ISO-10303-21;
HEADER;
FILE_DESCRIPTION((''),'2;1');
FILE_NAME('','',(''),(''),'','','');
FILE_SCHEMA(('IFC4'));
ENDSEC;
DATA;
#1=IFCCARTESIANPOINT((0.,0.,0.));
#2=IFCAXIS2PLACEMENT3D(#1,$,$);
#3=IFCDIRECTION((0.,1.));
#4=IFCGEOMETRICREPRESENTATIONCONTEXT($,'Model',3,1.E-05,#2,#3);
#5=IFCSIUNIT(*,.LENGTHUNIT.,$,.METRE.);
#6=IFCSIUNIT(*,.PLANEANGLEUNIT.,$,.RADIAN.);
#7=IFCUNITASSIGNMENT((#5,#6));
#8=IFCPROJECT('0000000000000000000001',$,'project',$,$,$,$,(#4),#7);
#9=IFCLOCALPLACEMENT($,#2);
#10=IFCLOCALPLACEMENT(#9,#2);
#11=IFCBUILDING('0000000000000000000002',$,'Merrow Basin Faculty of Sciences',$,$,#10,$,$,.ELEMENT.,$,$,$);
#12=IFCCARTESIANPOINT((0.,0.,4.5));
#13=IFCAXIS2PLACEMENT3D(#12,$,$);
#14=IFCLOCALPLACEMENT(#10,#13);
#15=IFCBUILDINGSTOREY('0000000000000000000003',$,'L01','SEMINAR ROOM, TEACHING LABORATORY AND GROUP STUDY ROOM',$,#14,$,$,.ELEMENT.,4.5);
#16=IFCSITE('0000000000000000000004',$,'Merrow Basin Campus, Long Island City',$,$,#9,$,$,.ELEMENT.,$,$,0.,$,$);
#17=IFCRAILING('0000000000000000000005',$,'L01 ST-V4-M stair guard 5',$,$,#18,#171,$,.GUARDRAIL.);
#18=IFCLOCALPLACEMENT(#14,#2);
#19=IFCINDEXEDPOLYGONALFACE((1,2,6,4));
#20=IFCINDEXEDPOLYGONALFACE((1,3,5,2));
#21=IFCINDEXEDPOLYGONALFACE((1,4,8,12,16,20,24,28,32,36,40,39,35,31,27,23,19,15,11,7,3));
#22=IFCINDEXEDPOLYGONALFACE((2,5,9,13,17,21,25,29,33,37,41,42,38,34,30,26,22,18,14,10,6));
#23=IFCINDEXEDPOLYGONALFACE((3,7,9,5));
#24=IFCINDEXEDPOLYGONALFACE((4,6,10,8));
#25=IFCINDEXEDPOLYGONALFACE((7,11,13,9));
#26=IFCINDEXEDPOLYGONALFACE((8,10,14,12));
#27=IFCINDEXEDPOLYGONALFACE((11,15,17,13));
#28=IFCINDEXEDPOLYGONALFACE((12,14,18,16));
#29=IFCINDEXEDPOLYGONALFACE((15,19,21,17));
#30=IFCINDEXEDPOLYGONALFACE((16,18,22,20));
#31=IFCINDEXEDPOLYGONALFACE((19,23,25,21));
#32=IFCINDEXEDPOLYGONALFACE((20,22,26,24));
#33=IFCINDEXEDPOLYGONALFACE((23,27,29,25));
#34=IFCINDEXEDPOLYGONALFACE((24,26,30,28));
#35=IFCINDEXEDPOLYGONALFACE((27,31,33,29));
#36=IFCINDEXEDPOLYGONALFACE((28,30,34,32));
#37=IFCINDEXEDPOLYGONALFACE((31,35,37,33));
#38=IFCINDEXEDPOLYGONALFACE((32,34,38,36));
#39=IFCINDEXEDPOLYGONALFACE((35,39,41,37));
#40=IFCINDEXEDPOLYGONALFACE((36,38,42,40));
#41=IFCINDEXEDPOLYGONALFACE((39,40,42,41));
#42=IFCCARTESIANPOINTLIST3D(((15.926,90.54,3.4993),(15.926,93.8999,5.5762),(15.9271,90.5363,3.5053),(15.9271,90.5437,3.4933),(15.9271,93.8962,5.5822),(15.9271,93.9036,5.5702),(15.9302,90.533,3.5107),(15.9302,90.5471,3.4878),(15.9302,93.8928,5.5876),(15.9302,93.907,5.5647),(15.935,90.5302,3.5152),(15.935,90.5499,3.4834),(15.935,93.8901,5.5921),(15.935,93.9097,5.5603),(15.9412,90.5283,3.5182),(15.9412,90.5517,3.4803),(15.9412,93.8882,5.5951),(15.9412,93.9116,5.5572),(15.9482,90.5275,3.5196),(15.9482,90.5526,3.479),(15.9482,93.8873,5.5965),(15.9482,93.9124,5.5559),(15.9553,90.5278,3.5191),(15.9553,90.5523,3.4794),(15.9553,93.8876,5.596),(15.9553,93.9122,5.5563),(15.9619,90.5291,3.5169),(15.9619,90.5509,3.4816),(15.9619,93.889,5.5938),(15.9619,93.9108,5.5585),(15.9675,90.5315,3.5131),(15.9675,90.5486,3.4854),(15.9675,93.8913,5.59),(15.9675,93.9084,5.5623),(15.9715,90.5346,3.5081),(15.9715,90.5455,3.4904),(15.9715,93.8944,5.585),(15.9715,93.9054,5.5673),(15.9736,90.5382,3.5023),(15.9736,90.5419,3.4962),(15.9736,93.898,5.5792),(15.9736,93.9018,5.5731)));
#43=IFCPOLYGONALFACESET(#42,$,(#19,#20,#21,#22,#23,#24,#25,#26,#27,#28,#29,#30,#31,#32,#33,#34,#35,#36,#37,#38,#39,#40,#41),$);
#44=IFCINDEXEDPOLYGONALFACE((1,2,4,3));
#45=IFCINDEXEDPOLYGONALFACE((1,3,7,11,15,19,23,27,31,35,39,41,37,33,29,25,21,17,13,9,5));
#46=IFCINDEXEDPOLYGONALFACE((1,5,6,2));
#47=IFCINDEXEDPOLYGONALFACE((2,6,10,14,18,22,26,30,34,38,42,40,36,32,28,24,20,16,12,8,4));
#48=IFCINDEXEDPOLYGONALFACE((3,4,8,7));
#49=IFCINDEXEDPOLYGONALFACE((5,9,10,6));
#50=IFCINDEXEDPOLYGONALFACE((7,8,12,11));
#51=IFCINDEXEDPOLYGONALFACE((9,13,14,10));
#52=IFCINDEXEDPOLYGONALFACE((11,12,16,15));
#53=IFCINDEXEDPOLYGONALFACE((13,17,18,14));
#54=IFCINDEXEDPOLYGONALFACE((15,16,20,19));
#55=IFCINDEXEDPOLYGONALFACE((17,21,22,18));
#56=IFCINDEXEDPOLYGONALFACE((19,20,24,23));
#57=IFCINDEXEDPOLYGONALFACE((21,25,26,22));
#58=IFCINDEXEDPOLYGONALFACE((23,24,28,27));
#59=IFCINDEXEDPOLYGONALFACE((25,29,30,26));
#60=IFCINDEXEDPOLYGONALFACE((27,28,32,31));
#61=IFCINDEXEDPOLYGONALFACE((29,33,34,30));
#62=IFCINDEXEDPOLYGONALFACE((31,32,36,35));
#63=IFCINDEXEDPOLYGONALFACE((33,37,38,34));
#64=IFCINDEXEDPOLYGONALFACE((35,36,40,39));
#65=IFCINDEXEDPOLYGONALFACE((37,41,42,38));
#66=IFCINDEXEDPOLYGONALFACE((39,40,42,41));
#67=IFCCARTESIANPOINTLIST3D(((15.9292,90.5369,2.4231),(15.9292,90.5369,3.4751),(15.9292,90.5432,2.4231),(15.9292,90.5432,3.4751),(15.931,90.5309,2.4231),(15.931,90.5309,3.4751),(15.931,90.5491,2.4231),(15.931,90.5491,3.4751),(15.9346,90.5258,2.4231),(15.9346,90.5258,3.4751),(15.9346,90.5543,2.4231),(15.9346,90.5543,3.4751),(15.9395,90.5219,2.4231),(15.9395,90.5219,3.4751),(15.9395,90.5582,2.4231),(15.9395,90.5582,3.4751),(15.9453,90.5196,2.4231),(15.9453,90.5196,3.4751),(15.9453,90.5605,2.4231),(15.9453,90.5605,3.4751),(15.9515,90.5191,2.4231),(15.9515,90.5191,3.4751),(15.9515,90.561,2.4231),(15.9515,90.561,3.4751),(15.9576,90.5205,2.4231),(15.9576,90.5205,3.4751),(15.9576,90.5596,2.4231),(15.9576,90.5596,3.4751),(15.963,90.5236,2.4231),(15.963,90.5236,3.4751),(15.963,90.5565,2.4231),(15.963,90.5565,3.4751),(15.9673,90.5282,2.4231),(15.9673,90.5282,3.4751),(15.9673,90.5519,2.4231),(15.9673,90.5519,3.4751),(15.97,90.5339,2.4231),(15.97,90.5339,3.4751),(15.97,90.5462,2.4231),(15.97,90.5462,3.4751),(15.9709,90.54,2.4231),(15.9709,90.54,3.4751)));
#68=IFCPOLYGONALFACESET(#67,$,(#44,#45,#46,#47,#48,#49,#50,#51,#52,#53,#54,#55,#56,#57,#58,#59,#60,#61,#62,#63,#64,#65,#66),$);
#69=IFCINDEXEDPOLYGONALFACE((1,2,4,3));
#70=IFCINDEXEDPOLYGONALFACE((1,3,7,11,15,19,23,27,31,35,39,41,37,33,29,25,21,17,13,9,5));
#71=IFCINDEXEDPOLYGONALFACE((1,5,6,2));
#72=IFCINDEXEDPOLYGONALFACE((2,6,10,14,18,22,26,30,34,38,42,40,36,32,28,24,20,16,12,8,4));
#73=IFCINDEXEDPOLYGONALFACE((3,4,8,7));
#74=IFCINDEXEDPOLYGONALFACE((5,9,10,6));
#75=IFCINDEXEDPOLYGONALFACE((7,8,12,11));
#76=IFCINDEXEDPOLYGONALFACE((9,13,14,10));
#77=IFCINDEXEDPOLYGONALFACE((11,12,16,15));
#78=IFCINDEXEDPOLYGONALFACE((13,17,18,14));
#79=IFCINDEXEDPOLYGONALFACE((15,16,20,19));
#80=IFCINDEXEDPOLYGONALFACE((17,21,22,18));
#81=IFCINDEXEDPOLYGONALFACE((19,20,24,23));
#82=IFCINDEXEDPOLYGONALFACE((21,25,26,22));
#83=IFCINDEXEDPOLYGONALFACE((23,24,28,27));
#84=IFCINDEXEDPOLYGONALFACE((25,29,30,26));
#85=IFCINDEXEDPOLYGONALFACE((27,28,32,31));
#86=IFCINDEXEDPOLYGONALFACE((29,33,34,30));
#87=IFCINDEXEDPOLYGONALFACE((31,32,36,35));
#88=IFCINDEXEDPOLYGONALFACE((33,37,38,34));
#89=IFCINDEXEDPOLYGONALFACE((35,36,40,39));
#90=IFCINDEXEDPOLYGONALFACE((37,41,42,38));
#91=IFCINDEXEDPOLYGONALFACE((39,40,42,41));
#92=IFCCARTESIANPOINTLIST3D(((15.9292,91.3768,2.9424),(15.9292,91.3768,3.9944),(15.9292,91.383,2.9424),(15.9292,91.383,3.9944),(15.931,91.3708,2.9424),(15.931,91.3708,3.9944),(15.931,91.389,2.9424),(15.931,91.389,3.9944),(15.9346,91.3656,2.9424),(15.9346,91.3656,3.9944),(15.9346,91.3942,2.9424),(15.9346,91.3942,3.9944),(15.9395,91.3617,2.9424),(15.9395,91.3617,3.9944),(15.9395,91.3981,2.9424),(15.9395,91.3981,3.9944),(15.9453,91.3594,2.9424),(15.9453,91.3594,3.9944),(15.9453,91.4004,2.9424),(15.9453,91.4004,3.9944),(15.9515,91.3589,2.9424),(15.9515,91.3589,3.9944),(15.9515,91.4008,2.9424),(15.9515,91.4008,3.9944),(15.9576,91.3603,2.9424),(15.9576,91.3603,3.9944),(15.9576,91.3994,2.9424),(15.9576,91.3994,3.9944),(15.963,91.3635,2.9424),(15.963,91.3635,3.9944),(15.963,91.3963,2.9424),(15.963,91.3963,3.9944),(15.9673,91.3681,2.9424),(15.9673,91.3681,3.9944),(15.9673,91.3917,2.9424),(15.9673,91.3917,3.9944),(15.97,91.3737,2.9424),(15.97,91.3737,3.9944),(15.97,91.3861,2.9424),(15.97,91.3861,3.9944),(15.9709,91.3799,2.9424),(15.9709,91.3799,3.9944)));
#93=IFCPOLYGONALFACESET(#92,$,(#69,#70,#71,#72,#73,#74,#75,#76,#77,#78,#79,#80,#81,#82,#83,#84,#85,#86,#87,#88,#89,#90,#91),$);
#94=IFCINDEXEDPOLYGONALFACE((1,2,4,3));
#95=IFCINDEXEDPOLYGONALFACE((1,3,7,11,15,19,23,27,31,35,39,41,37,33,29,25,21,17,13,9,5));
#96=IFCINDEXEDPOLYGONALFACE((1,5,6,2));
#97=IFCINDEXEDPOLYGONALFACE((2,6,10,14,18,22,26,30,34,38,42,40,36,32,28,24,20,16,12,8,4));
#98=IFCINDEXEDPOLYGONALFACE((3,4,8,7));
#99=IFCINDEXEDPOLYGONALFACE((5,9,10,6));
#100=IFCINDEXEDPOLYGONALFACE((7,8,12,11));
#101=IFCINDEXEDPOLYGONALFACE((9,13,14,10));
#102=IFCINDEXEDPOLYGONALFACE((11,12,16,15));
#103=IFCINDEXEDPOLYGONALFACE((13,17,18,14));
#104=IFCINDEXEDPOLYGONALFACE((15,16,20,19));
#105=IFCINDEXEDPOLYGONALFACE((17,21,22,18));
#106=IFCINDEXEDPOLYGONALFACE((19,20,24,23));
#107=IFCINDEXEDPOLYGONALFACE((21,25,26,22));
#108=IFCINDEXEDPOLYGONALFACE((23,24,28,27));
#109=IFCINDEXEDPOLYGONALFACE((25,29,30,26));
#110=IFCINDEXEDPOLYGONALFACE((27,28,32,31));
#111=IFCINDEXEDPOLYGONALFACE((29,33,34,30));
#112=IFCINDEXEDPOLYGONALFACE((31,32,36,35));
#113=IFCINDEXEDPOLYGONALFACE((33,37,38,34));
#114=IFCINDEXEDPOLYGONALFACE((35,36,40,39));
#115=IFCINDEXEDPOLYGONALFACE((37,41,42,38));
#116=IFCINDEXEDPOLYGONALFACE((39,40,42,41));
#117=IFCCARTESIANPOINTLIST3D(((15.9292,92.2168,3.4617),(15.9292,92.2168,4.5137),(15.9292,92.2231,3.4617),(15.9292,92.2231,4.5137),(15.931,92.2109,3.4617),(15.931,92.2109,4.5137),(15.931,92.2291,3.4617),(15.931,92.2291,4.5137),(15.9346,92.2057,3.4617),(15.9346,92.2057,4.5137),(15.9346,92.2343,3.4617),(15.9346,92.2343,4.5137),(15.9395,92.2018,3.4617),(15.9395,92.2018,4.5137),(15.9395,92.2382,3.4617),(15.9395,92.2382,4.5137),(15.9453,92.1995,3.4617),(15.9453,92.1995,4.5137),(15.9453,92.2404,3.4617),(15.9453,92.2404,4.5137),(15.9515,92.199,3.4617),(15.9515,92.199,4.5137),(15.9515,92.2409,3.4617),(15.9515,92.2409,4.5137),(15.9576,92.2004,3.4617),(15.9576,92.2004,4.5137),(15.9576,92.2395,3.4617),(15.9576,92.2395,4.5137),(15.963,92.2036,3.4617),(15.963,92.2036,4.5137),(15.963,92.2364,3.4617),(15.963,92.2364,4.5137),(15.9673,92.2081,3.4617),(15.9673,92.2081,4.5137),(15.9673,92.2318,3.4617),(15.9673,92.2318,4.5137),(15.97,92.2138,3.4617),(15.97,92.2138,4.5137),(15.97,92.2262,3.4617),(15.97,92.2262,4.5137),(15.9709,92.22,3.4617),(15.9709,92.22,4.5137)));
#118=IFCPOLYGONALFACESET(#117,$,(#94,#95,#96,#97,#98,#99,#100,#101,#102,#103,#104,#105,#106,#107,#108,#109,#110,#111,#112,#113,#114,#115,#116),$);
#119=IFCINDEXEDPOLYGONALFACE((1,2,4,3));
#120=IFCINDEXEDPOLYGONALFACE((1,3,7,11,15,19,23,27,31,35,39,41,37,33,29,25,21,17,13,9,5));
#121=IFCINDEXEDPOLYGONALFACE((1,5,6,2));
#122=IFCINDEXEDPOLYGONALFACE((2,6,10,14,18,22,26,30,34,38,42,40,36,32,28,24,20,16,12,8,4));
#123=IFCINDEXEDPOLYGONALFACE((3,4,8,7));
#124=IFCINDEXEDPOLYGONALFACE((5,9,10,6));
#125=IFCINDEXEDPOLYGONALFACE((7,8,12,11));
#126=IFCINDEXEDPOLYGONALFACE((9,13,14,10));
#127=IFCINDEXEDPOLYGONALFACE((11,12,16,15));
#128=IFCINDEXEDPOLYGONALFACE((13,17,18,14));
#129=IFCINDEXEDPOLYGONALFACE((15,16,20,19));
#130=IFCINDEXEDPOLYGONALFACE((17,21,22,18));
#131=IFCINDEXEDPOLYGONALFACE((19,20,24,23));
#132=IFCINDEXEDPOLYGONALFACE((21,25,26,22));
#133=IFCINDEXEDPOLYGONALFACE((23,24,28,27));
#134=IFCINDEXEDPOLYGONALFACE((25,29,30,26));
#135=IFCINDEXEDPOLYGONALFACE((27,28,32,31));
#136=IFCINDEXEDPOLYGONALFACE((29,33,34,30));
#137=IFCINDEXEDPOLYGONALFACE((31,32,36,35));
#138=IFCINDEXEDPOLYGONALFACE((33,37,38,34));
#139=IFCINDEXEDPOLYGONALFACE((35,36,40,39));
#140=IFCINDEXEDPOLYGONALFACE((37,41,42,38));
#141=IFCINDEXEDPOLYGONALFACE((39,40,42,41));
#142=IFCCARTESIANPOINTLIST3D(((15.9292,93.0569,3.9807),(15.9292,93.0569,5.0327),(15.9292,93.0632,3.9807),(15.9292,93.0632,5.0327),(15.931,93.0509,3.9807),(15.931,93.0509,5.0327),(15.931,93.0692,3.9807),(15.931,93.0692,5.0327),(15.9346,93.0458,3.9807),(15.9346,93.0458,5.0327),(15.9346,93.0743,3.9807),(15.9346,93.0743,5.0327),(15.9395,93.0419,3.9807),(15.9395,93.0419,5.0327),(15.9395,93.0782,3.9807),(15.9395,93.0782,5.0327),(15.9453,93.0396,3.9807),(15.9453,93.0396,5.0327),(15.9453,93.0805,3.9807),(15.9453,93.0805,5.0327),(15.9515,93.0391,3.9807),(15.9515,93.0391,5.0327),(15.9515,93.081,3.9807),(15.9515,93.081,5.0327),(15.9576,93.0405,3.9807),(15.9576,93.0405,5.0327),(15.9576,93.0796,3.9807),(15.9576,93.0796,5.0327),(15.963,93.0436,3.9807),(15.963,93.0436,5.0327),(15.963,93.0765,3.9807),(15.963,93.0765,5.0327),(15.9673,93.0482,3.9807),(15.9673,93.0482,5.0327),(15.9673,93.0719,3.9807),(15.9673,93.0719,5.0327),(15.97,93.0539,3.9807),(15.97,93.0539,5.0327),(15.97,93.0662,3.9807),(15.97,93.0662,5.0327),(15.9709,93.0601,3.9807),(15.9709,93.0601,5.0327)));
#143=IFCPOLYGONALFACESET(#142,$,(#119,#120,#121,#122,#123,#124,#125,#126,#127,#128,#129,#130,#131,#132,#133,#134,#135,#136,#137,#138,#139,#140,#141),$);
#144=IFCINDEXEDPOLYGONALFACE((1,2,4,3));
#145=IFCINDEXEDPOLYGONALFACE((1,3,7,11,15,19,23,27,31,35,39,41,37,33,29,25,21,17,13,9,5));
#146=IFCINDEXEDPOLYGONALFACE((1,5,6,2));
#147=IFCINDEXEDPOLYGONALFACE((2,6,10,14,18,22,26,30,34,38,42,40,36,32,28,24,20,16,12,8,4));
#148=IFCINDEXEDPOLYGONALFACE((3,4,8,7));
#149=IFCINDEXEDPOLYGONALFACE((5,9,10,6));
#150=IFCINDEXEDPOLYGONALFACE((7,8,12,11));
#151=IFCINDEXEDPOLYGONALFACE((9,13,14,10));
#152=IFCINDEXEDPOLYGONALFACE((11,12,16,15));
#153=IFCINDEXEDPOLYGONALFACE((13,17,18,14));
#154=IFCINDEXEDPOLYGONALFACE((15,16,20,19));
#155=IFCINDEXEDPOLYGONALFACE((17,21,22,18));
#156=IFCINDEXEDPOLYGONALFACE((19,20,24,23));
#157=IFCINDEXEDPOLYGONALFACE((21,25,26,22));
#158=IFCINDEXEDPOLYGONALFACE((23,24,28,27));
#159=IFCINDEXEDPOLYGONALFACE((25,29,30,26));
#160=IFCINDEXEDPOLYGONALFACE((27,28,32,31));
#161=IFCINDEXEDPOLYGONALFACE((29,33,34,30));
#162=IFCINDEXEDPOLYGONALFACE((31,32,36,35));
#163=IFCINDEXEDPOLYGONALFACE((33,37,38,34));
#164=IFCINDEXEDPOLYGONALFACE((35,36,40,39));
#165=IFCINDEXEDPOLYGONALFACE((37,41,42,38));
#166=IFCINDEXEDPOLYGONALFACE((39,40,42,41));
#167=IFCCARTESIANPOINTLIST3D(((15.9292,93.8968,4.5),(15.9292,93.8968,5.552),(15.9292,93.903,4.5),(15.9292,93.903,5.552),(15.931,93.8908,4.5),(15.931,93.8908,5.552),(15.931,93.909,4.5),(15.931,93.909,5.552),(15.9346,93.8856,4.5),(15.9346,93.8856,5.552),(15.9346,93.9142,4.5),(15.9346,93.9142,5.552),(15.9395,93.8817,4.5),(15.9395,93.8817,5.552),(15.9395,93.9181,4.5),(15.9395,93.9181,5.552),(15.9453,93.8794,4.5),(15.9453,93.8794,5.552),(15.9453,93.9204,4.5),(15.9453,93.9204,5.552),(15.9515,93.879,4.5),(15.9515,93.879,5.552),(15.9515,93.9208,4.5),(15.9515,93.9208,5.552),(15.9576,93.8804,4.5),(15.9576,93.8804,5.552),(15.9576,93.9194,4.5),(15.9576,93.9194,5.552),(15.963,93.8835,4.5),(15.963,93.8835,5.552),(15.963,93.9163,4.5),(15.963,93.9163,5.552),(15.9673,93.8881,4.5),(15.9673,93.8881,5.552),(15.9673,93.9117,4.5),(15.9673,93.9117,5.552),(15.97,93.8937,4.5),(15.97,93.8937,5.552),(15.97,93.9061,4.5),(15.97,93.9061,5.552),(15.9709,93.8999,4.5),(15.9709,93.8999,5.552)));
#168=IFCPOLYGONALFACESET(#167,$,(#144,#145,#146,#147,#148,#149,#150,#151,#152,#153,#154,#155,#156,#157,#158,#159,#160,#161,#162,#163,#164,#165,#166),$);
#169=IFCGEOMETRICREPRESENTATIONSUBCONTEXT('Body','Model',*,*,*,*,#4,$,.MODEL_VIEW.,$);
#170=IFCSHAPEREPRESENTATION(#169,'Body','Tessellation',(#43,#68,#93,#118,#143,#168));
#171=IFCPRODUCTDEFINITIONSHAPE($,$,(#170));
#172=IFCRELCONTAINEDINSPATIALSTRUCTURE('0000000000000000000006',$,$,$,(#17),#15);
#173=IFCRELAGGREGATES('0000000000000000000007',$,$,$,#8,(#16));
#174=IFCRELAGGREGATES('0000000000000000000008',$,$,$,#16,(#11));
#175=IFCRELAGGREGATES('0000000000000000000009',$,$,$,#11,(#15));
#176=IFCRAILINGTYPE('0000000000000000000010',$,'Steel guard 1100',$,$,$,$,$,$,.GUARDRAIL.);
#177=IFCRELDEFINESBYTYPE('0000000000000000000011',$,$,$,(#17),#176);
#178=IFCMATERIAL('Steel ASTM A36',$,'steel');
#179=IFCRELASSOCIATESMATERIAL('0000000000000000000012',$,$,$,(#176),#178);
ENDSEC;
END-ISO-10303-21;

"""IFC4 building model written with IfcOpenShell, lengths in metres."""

from ifc_helpers import new_model, si_unit, direction, frame, origin, origin_2d, place, context, subcontext, project, spatial, circle, extrude, material, type_object, element, save


model = new_model("IFC4")

# Units and contexts
model_context = context("Model", 3, precision=1e-05, world=origin(), true_north=direction((0.0, 1.0)))
body_context = subcontext(model_context, "Body", "Model", "MODEL_VIEW")
ifc_project = project(units=[si_unit("LENGTHUNIT", "METRE"), si_unit("PLANEANGLEUNIT", "RADIAN")], contexts=[model_context])

# Site, building, storey
site_placement = place(None, origin())
site = spatial("IfcSite", under=ifc_project, at=site_placement, Name="Merrow Basin Campus, Long Island City", CompositionType="ELEMENT", RefElevation=0.0)
building_placement = place(site_placement, origin())
building = spatial("IfcBuilding", under=site, at=building_placement, Name="Merrow Basin Faculty of Sciences", CompositionType="ELEMENT")
storey_placement = place(building_placement, frame((0.0, 0.0, 4.5)))
storey = spatial("IfcBuildingStorey", under=building, at=storey_placement, Name="L01", Description="SEMINAR ROOM, TEACHING LABORATORY AND GROUP STUDY ROOM", CompositionType="ELEMENT", Elevation=4.5)

# Railing
ifc_material_1 = material(Name="Steel ASTM A36", Category="steel")
railing_type_1 = type_object("IfcRailingType", Name="Steel guard 1100", PredefinedType="GUARDRAIL", material=ifc_material_1)
railing_1_placement = place(storey_placement, frame((15.95, 90.54, 2.4231)))
element("IfcRailing", 1, at=railing_1_placement, inside=storey, type_object=railing_type_1, Name="L01 ST-V4-M stair guard 5", PredefinedType="GUARDRAIL", context=body_context, shape_type="SweptSolid", body=[
    extrude(circle(Radius=0.0239, at=origin_2d()), frame((0.0, 0.0, 1.0762), z_axis=(0.0, 0.850606, 0.525803), x_axis=(-1.0, 0.0, 0.0)), (0.0, 0.0, 1.0), 3.95),
    extrude(circle(Radius=0.021, at=origin_2d()), origin(), (0.0, 0.0, 1.0), 1.052),
    extrude(circle(Radius=0.021, at=origin_2d()), frame((0.0, 0.8398, 0.5193)), (0.0, 0.0, 1.0), 1.052),
    extrude(circle(Radius=0.021, at=origin_2d()), frame((0.0, 1.6799, 1.0386)), (0.0, 0.0, 1.0), 1.052),
    extrude(circle(Radius=0.021, at=origin_2d()), frame((0.0, 2.52, 1.5576)), (0.0, 0.0, 1.0), 1.052),
    extrude(circle(Radius=0.021, at=origin_2d()), frame((0.0, 3.3599, 2.0769)), (0.0, 0.0, 1.0), 1.052),
])

save(model, "model.ifc")
